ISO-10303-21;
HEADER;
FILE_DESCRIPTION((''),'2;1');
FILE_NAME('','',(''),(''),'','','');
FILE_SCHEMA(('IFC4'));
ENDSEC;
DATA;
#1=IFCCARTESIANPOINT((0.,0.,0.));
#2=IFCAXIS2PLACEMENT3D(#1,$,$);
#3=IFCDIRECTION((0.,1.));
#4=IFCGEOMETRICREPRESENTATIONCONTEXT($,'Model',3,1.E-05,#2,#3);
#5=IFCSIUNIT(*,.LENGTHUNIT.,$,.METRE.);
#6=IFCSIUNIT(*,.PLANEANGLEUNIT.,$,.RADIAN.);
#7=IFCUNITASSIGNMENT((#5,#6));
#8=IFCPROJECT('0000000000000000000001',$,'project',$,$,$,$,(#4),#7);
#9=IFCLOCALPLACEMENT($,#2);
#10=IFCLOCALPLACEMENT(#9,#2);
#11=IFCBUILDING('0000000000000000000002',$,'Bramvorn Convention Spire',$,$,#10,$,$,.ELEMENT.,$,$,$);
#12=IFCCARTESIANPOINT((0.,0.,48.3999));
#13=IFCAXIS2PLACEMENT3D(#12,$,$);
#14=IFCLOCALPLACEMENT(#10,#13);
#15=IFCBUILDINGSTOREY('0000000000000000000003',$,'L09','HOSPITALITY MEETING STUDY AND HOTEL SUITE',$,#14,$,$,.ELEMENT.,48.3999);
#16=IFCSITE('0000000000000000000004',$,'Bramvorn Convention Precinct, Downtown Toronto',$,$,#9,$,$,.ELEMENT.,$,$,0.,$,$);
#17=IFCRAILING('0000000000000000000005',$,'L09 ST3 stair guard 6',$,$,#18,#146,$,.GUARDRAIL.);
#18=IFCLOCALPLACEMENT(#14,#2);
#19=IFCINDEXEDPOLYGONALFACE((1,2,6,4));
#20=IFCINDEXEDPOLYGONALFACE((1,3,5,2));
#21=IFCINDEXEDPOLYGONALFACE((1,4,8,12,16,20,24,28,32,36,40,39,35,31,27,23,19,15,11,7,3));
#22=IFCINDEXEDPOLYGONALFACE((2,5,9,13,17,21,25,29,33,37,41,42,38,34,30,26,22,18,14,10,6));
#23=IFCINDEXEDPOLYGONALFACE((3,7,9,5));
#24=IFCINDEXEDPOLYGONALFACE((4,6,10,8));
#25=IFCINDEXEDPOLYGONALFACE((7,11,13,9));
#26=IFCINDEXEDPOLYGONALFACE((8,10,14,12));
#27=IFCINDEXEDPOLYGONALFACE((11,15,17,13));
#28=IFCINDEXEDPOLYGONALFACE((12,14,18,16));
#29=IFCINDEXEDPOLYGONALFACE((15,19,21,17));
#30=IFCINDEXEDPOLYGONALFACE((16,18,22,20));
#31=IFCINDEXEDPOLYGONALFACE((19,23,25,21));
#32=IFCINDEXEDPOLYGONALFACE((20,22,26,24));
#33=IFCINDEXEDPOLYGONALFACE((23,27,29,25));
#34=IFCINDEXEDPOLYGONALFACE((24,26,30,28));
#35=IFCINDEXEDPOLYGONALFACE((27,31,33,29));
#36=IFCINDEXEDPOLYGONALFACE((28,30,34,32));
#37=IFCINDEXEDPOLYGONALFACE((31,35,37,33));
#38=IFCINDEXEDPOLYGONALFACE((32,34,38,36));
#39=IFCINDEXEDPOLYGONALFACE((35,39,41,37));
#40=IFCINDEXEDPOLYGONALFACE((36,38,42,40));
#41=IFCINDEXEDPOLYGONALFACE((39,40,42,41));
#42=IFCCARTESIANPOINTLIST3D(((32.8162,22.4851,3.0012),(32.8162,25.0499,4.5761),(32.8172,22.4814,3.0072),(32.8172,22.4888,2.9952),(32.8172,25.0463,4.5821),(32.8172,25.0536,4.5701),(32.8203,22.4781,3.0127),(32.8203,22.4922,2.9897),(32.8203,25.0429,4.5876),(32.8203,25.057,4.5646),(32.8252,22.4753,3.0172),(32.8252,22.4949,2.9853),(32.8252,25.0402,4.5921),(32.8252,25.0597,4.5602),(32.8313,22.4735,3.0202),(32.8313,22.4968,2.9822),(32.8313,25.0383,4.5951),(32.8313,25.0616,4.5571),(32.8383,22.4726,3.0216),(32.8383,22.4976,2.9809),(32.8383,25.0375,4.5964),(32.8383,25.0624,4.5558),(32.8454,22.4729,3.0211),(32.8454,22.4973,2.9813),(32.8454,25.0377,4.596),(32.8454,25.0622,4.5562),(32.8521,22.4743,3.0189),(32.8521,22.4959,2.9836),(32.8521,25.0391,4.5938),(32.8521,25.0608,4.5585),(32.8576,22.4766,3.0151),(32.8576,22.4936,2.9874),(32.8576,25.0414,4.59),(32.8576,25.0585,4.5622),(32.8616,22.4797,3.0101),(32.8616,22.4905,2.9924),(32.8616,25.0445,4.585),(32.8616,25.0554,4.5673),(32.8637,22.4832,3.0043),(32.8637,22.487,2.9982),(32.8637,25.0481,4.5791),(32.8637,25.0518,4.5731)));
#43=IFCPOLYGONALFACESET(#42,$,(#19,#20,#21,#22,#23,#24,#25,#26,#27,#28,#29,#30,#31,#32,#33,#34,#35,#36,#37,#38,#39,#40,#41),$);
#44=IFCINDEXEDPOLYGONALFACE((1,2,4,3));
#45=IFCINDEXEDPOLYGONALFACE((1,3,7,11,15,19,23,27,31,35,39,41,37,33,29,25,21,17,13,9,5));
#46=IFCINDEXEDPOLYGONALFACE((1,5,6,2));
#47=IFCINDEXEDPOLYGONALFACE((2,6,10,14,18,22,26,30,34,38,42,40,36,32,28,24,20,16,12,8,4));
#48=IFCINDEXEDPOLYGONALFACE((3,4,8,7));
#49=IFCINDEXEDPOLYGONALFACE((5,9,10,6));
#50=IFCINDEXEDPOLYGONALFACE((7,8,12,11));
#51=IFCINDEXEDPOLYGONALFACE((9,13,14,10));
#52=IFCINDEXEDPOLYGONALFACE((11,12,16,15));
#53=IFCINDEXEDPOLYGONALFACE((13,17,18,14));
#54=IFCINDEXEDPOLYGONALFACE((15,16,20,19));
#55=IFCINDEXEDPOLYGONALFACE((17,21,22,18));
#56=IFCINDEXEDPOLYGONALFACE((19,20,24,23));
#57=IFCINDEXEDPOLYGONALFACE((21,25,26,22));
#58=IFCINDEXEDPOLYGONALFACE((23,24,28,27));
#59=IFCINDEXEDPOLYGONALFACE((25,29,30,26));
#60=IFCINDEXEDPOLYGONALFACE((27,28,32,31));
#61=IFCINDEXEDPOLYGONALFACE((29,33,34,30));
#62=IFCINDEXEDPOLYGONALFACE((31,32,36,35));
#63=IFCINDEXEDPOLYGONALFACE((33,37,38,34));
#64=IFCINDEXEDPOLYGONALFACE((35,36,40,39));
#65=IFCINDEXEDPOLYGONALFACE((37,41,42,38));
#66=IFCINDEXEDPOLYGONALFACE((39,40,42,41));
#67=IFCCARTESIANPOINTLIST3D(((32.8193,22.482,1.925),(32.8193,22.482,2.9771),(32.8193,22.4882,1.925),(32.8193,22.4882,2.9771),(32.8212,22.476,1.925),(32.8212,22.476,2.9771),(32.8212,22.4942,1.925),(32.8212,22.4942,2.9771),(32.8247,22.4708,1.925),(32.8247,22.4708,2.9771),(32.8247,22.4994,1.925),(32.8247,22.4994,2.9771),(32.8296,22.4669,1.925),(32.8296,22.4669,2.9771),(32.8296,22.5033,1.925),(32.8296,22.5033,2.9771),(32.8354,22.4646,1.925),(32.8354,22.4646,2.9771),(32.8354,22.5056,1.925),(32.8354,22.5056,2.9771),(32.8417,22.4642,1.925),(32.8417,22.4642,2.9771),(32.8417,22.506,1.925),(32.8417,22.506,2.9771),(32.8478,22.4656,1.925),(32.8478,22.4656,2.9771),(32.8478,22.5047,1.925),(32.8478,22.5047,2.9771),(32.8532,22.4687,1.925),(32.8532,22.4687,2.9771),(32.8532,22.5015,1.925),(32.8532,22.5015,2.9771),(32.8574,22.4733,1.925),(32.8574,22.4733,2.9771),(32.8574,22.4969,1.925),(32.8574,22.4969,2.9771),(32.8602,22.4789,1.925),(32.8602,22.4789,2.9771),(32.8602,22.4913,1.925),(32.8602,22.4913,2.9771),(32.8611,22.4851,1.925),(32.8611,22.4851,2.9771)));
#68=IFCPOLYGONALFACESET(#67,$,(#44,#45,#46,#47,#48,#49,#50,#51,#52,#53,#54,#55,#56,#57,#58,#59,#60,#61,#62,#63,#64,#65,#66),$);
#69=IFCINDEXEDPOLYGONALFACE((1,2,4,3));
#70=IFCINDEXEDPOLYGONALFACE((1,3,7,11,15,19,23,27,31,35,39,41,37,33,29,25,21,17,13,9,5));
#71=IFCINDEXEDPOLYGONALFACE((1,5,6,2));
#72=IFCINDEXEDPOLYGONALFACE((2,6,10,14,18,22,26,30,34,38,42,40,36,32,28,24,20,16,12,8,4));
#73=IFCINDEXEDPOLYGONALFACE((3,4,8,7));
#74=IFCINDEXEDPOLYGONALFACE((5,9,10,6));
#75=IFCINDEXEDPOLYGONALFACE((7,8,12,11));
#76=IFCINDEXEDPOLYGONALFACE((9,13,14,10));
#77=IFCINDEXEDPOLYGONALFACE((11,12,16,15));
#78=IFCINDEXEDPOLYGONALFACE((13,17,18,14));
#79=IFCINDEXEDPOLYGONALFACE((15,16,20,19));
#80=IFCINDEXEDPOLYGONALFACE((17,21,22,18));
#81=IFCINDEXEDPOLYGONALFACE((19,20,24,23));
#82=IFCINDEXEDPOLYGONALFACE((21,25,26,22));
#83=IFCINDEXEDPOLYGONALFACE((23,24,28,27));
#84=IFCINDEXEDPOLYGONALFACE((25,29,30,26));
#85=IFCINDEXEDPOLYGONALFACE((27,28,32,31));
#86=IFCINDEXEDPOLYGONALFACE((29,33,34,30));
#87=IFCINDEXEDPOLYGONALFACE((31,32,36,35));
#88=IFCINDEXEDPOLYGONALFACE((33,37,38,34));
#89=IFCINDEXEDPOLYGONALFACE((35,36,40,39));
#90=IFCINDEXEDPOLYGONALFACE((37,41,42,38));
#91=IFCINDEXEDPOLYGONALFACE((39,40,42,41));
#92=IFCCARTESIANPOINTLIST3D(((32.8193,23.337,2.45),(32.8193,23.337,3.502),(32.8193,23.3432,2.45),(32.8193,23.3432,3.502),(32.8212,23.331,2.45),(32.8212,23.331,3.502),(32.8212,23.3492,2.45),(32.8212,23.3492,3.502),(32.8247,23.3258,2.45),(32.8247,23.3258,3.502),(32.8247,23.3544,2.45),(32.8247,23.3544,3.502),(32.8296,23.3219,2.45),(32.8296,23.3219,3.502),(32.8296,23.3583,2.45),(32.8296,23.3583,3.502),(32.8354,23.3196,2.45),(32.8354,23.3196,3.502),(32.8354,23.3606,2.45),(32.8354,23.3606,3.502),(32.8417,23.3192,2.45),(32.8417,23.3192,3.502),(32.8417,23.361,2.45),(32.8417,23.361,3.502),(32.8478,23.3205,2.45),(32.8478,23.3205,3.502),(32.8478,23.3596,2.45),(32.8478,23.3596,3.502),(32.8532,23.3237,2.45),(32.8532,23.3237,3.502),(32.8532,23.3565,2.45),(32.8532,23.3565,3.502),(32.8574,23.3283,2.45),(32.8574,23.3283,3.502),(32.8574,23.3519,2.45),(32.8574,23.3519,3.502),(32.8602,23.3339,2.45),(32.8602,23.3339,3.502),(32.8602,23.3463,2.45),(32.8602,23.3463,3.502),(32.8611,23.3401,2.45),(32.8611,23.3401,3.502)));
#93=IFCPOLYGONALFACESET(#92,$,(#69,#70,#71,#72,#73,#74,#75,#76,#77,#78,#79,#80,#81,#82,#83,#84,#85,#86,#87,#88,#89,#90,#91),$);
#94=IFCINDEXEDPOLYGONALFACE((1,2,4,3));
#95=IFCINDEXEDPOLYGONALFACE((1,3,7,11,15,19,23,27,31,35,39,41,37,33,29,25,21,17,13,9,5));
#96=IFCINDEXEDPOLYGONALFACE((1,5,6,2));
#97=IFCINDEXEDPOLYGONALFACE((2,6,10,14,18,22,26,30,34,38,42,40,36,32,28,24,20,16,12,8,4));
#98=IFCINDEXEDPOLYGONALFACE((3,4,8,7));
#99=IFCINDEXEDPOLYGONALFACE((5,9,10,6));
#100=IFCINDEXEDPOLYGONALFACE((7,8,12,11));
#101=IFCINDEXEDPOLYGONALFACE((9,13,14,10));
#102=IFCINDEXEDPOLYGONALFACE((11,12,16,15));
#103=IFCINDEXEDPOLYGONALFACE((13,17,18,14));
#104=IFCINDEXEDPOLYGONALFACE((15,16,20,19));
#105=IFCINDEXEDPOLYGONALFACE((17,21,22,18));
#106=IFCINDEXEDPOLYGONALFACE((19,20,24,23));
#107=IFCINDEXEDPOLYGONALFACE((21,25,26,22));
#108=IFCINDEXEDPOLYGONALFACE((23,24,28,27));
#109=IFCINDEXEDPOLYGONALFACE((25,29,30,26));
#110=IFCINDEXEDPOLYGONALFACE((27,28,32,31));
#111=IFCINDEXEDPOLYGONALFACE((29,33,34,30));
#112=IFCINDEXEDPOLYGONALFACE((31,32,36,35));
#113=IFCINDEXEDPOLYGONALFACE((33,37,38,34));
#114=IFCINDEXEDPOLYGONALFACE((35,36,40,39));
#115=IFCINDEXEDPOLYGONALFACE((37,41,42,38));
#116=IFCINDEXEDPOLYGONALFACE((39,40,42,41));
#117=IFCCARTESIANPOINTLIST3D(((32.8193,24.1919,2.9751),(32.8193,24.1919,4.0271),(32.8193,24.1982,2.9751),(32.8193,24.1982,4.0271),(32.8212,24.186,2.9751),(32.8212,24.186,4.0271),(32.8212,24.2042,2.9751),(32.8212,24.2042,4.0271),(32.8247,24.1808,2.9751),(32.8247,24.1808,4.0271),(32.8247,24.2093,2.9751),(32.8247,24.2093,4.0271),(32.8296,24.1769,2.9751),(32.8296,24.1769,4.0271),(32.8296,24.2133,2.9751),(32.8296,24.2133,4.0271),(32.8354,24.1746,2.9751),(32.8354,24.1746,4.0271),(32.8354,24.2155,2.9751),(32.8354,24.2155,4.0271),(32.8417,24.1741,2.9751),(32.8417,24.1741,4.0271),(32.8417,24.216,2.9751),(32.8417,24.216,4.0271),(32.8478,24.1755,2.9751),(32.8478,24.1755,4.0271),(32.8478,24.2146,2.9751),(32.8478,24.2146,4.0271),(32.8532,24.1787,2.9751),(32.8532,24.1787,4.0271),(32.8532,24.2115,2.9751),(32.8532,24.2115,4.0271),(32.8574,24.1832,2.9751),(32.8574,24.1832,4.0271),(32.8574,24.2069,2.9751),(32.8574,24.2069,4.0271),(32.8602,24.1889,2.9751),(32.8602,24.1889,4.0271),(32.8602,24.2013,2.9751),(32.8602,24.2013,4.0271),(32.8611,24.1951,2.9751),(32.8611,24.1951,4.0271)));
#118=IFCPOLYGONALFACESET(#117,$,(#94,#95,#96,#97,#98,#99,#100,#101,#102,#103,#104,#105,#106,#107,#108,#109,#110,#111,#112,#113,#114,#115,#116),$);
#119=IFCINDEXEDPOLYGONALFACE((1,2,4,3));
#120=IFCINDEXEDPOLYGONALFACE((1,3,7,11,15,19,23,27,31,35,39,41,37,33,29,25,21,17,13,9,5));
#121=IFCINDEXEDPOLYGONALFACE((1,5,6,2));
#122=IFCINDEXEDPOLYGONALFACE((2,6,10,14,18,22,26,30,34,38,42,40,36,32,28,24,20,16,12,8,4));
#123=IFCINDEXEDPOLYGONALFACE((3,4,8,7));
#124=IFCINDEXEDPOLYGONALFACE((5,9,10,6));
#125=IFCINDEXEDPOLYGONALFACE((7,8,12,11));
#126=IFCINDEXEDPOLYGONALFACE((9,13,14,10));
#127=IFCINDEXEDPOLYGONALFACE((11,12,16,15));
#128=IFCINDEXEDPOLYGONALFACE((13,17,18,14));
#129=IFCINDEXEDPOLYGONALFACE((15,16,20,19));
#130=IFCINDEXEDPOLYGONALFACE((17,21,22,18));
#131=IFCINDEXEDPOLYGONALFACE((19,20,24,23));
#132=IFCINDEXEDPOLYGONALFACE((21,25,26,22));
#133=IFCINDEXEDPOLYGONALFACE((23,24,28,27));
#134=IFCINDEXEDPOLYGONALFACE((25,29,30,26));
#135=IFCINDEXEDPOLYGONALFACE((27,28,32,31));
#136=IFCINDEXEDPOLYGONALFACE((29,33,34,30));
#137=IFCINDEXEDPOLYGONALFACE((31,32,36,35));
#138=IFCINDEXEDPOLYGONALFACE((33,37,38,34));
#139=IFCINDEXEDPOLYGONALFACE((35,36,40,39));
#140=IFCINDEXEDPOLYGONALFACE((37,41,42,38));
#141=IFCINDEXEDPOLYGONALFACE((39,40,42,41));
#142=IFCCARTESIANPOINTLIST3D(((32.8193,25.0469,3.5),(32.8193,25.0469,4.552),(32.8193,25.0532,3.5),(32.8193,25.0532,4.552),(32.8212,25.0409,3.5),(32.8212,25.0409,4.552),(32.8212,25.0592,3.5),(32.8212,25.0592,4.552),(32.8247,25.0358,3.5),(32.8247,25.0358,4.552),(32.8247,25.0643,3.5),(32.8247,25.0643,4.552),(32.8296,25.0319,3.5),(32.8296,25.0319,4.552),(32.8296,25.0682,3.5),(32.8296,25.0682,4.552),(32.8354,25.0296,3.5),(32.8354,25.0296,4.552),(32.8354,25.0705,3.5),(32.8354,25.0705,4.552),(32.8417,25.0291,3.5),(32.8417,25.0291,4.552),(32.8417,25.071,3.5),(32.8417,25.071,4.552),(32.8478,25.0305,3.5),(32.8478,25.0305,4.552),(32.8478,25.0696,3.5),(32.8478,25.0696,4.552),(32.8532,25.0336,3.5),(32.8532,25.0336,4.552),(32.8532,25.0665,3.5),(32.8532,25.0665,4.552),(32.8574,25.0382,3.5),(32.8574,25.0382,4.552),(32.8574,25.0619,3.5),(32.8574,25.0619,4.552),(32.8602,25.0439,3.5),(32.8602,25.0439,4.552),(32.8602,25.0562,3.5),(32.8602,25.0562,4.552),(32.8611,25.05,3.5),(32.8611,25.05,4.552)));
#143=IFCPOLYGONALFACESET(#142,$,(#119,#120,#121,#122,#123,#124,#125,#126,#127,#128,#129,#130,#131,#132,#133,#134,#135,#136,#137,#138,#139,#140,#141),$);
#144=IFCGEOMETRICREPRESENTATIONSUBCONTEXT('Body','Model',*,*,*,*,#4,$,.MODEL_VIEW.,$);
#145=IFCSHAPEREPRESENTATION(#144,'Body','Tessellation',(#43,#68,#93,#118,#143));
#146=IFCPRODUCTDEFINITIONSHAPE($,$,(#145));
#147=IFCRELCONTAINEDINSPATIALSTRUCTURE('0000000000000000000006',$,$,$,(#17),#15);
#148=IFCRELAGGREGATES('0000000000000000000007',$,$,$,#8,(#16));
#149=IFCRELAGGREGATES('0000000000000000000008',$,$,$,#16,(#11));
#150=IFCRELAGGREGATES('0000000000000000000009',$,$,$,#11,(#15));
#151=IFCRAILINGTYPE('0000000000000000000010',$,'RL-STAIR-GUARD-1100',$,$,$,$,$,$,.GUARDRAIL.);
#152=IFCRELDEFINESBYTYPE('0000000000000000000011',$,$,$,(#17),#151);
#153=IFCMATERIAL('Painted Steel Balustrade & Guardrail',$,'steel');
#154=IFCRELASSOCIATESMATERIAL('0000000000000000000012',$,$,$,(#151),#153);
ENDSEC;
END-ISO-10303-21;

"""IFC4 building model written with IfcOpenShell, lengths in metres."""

from ifc_helpers import new_model, si_unit, direction, frame, origin, origin_2d, place, context, subcontext, project, spatial, circle, extrude, material, type_object, element, save


model = new_model("IFC4")

# Units and contexts
model_context = context("Model", 3, precision=1e-05, world=origin(), true_north=direction((0.0, 1.0)))
body_context = subcontext(model_context, "Body", "Model", "MODEL_VIEW")
ifc_project = project(units=[si_unit("LENGTHUNIT", "METRE"), si_unit("PLANEANGLEUNIT", "RADIAN")], contexts=[model_context])

# Site, building, storey
site_placement = place(None, origin())
site = spatial("IfcSite", under=ifc_project, at=site_placement, Name="Bramvorn Convention Precinct, Downtown Toronto", CompositionType="ELEMENT", RefElevation=0.0)
building_placement = place(site_placement, origin())
building = spatial("IfcBuilding", under=site, at=building_placement, Name="Bramvorn Convention Spire", CompositionType="ELEMENT")
storey_placement = place(building_placement, frame((0.0, 0.0, 48.3999)))
storey = spatial("IfcBuildingStorey", under=building, at=storey_placement, Name="L09", Description="HOSPITALITY MEETING STUDY AND HOTEL SUITE", CompositionType="ELEMENT", Elevation=48.3999)

# Railing
ifc_material_1 = material(Name="Painted Steel Balustrade & Guardrail", Category="steel")
railing_type_1 = type_object("IfcRailingType", Name="RL-STAIR-GUARD-1100", PredefinedType="GUARDRAIL", material=ifc_material_1)
railing_1_placement = place(storey_placement, frame((32.8401, 22.4851, 1.925)))
element("IfcRailing", 1, at=railing_1_placement, inside=storey, type_object=railing_type_1, Name="L09 ST3 stair guard 6", PredefinedType="GUARDRAIL", context=body_context, shape_type="SweptSolid", body=[
    extrude(circle(Radius=0.0239, at=origin_2d()), frame((0.0, 0.0, 1.0762), z_axis=(0.0, 0.852173, 0.52326), x_axis=(-1.0, 0.0, 0.0)), (0.0, 0.0, 1.0), 3.0098),
    extrude(circle(Radius=0.021, at=origin_2d()), origin(), (0.0, 0.0, 1.0), 1.052),
    extrude(circle(Radius=0.021, at=origin_2d()), frame((0.0, 0.855, 0.5249)), (0.0, 0.0, 1.0), 1.052),
    extrude(circle(Radius=0.021, at=origin_2d()), frame((0.0, 1.71, 1.05)), (0.0, 0.0, 1.0), 1.052),
    extrude(circle(Radius=0.021, at=origin_2d()), frame((0.0, 2.5649, 1.575)), (0.0, 0.0, 1.0), 1.052),
])

save(model, "model.ifc")
